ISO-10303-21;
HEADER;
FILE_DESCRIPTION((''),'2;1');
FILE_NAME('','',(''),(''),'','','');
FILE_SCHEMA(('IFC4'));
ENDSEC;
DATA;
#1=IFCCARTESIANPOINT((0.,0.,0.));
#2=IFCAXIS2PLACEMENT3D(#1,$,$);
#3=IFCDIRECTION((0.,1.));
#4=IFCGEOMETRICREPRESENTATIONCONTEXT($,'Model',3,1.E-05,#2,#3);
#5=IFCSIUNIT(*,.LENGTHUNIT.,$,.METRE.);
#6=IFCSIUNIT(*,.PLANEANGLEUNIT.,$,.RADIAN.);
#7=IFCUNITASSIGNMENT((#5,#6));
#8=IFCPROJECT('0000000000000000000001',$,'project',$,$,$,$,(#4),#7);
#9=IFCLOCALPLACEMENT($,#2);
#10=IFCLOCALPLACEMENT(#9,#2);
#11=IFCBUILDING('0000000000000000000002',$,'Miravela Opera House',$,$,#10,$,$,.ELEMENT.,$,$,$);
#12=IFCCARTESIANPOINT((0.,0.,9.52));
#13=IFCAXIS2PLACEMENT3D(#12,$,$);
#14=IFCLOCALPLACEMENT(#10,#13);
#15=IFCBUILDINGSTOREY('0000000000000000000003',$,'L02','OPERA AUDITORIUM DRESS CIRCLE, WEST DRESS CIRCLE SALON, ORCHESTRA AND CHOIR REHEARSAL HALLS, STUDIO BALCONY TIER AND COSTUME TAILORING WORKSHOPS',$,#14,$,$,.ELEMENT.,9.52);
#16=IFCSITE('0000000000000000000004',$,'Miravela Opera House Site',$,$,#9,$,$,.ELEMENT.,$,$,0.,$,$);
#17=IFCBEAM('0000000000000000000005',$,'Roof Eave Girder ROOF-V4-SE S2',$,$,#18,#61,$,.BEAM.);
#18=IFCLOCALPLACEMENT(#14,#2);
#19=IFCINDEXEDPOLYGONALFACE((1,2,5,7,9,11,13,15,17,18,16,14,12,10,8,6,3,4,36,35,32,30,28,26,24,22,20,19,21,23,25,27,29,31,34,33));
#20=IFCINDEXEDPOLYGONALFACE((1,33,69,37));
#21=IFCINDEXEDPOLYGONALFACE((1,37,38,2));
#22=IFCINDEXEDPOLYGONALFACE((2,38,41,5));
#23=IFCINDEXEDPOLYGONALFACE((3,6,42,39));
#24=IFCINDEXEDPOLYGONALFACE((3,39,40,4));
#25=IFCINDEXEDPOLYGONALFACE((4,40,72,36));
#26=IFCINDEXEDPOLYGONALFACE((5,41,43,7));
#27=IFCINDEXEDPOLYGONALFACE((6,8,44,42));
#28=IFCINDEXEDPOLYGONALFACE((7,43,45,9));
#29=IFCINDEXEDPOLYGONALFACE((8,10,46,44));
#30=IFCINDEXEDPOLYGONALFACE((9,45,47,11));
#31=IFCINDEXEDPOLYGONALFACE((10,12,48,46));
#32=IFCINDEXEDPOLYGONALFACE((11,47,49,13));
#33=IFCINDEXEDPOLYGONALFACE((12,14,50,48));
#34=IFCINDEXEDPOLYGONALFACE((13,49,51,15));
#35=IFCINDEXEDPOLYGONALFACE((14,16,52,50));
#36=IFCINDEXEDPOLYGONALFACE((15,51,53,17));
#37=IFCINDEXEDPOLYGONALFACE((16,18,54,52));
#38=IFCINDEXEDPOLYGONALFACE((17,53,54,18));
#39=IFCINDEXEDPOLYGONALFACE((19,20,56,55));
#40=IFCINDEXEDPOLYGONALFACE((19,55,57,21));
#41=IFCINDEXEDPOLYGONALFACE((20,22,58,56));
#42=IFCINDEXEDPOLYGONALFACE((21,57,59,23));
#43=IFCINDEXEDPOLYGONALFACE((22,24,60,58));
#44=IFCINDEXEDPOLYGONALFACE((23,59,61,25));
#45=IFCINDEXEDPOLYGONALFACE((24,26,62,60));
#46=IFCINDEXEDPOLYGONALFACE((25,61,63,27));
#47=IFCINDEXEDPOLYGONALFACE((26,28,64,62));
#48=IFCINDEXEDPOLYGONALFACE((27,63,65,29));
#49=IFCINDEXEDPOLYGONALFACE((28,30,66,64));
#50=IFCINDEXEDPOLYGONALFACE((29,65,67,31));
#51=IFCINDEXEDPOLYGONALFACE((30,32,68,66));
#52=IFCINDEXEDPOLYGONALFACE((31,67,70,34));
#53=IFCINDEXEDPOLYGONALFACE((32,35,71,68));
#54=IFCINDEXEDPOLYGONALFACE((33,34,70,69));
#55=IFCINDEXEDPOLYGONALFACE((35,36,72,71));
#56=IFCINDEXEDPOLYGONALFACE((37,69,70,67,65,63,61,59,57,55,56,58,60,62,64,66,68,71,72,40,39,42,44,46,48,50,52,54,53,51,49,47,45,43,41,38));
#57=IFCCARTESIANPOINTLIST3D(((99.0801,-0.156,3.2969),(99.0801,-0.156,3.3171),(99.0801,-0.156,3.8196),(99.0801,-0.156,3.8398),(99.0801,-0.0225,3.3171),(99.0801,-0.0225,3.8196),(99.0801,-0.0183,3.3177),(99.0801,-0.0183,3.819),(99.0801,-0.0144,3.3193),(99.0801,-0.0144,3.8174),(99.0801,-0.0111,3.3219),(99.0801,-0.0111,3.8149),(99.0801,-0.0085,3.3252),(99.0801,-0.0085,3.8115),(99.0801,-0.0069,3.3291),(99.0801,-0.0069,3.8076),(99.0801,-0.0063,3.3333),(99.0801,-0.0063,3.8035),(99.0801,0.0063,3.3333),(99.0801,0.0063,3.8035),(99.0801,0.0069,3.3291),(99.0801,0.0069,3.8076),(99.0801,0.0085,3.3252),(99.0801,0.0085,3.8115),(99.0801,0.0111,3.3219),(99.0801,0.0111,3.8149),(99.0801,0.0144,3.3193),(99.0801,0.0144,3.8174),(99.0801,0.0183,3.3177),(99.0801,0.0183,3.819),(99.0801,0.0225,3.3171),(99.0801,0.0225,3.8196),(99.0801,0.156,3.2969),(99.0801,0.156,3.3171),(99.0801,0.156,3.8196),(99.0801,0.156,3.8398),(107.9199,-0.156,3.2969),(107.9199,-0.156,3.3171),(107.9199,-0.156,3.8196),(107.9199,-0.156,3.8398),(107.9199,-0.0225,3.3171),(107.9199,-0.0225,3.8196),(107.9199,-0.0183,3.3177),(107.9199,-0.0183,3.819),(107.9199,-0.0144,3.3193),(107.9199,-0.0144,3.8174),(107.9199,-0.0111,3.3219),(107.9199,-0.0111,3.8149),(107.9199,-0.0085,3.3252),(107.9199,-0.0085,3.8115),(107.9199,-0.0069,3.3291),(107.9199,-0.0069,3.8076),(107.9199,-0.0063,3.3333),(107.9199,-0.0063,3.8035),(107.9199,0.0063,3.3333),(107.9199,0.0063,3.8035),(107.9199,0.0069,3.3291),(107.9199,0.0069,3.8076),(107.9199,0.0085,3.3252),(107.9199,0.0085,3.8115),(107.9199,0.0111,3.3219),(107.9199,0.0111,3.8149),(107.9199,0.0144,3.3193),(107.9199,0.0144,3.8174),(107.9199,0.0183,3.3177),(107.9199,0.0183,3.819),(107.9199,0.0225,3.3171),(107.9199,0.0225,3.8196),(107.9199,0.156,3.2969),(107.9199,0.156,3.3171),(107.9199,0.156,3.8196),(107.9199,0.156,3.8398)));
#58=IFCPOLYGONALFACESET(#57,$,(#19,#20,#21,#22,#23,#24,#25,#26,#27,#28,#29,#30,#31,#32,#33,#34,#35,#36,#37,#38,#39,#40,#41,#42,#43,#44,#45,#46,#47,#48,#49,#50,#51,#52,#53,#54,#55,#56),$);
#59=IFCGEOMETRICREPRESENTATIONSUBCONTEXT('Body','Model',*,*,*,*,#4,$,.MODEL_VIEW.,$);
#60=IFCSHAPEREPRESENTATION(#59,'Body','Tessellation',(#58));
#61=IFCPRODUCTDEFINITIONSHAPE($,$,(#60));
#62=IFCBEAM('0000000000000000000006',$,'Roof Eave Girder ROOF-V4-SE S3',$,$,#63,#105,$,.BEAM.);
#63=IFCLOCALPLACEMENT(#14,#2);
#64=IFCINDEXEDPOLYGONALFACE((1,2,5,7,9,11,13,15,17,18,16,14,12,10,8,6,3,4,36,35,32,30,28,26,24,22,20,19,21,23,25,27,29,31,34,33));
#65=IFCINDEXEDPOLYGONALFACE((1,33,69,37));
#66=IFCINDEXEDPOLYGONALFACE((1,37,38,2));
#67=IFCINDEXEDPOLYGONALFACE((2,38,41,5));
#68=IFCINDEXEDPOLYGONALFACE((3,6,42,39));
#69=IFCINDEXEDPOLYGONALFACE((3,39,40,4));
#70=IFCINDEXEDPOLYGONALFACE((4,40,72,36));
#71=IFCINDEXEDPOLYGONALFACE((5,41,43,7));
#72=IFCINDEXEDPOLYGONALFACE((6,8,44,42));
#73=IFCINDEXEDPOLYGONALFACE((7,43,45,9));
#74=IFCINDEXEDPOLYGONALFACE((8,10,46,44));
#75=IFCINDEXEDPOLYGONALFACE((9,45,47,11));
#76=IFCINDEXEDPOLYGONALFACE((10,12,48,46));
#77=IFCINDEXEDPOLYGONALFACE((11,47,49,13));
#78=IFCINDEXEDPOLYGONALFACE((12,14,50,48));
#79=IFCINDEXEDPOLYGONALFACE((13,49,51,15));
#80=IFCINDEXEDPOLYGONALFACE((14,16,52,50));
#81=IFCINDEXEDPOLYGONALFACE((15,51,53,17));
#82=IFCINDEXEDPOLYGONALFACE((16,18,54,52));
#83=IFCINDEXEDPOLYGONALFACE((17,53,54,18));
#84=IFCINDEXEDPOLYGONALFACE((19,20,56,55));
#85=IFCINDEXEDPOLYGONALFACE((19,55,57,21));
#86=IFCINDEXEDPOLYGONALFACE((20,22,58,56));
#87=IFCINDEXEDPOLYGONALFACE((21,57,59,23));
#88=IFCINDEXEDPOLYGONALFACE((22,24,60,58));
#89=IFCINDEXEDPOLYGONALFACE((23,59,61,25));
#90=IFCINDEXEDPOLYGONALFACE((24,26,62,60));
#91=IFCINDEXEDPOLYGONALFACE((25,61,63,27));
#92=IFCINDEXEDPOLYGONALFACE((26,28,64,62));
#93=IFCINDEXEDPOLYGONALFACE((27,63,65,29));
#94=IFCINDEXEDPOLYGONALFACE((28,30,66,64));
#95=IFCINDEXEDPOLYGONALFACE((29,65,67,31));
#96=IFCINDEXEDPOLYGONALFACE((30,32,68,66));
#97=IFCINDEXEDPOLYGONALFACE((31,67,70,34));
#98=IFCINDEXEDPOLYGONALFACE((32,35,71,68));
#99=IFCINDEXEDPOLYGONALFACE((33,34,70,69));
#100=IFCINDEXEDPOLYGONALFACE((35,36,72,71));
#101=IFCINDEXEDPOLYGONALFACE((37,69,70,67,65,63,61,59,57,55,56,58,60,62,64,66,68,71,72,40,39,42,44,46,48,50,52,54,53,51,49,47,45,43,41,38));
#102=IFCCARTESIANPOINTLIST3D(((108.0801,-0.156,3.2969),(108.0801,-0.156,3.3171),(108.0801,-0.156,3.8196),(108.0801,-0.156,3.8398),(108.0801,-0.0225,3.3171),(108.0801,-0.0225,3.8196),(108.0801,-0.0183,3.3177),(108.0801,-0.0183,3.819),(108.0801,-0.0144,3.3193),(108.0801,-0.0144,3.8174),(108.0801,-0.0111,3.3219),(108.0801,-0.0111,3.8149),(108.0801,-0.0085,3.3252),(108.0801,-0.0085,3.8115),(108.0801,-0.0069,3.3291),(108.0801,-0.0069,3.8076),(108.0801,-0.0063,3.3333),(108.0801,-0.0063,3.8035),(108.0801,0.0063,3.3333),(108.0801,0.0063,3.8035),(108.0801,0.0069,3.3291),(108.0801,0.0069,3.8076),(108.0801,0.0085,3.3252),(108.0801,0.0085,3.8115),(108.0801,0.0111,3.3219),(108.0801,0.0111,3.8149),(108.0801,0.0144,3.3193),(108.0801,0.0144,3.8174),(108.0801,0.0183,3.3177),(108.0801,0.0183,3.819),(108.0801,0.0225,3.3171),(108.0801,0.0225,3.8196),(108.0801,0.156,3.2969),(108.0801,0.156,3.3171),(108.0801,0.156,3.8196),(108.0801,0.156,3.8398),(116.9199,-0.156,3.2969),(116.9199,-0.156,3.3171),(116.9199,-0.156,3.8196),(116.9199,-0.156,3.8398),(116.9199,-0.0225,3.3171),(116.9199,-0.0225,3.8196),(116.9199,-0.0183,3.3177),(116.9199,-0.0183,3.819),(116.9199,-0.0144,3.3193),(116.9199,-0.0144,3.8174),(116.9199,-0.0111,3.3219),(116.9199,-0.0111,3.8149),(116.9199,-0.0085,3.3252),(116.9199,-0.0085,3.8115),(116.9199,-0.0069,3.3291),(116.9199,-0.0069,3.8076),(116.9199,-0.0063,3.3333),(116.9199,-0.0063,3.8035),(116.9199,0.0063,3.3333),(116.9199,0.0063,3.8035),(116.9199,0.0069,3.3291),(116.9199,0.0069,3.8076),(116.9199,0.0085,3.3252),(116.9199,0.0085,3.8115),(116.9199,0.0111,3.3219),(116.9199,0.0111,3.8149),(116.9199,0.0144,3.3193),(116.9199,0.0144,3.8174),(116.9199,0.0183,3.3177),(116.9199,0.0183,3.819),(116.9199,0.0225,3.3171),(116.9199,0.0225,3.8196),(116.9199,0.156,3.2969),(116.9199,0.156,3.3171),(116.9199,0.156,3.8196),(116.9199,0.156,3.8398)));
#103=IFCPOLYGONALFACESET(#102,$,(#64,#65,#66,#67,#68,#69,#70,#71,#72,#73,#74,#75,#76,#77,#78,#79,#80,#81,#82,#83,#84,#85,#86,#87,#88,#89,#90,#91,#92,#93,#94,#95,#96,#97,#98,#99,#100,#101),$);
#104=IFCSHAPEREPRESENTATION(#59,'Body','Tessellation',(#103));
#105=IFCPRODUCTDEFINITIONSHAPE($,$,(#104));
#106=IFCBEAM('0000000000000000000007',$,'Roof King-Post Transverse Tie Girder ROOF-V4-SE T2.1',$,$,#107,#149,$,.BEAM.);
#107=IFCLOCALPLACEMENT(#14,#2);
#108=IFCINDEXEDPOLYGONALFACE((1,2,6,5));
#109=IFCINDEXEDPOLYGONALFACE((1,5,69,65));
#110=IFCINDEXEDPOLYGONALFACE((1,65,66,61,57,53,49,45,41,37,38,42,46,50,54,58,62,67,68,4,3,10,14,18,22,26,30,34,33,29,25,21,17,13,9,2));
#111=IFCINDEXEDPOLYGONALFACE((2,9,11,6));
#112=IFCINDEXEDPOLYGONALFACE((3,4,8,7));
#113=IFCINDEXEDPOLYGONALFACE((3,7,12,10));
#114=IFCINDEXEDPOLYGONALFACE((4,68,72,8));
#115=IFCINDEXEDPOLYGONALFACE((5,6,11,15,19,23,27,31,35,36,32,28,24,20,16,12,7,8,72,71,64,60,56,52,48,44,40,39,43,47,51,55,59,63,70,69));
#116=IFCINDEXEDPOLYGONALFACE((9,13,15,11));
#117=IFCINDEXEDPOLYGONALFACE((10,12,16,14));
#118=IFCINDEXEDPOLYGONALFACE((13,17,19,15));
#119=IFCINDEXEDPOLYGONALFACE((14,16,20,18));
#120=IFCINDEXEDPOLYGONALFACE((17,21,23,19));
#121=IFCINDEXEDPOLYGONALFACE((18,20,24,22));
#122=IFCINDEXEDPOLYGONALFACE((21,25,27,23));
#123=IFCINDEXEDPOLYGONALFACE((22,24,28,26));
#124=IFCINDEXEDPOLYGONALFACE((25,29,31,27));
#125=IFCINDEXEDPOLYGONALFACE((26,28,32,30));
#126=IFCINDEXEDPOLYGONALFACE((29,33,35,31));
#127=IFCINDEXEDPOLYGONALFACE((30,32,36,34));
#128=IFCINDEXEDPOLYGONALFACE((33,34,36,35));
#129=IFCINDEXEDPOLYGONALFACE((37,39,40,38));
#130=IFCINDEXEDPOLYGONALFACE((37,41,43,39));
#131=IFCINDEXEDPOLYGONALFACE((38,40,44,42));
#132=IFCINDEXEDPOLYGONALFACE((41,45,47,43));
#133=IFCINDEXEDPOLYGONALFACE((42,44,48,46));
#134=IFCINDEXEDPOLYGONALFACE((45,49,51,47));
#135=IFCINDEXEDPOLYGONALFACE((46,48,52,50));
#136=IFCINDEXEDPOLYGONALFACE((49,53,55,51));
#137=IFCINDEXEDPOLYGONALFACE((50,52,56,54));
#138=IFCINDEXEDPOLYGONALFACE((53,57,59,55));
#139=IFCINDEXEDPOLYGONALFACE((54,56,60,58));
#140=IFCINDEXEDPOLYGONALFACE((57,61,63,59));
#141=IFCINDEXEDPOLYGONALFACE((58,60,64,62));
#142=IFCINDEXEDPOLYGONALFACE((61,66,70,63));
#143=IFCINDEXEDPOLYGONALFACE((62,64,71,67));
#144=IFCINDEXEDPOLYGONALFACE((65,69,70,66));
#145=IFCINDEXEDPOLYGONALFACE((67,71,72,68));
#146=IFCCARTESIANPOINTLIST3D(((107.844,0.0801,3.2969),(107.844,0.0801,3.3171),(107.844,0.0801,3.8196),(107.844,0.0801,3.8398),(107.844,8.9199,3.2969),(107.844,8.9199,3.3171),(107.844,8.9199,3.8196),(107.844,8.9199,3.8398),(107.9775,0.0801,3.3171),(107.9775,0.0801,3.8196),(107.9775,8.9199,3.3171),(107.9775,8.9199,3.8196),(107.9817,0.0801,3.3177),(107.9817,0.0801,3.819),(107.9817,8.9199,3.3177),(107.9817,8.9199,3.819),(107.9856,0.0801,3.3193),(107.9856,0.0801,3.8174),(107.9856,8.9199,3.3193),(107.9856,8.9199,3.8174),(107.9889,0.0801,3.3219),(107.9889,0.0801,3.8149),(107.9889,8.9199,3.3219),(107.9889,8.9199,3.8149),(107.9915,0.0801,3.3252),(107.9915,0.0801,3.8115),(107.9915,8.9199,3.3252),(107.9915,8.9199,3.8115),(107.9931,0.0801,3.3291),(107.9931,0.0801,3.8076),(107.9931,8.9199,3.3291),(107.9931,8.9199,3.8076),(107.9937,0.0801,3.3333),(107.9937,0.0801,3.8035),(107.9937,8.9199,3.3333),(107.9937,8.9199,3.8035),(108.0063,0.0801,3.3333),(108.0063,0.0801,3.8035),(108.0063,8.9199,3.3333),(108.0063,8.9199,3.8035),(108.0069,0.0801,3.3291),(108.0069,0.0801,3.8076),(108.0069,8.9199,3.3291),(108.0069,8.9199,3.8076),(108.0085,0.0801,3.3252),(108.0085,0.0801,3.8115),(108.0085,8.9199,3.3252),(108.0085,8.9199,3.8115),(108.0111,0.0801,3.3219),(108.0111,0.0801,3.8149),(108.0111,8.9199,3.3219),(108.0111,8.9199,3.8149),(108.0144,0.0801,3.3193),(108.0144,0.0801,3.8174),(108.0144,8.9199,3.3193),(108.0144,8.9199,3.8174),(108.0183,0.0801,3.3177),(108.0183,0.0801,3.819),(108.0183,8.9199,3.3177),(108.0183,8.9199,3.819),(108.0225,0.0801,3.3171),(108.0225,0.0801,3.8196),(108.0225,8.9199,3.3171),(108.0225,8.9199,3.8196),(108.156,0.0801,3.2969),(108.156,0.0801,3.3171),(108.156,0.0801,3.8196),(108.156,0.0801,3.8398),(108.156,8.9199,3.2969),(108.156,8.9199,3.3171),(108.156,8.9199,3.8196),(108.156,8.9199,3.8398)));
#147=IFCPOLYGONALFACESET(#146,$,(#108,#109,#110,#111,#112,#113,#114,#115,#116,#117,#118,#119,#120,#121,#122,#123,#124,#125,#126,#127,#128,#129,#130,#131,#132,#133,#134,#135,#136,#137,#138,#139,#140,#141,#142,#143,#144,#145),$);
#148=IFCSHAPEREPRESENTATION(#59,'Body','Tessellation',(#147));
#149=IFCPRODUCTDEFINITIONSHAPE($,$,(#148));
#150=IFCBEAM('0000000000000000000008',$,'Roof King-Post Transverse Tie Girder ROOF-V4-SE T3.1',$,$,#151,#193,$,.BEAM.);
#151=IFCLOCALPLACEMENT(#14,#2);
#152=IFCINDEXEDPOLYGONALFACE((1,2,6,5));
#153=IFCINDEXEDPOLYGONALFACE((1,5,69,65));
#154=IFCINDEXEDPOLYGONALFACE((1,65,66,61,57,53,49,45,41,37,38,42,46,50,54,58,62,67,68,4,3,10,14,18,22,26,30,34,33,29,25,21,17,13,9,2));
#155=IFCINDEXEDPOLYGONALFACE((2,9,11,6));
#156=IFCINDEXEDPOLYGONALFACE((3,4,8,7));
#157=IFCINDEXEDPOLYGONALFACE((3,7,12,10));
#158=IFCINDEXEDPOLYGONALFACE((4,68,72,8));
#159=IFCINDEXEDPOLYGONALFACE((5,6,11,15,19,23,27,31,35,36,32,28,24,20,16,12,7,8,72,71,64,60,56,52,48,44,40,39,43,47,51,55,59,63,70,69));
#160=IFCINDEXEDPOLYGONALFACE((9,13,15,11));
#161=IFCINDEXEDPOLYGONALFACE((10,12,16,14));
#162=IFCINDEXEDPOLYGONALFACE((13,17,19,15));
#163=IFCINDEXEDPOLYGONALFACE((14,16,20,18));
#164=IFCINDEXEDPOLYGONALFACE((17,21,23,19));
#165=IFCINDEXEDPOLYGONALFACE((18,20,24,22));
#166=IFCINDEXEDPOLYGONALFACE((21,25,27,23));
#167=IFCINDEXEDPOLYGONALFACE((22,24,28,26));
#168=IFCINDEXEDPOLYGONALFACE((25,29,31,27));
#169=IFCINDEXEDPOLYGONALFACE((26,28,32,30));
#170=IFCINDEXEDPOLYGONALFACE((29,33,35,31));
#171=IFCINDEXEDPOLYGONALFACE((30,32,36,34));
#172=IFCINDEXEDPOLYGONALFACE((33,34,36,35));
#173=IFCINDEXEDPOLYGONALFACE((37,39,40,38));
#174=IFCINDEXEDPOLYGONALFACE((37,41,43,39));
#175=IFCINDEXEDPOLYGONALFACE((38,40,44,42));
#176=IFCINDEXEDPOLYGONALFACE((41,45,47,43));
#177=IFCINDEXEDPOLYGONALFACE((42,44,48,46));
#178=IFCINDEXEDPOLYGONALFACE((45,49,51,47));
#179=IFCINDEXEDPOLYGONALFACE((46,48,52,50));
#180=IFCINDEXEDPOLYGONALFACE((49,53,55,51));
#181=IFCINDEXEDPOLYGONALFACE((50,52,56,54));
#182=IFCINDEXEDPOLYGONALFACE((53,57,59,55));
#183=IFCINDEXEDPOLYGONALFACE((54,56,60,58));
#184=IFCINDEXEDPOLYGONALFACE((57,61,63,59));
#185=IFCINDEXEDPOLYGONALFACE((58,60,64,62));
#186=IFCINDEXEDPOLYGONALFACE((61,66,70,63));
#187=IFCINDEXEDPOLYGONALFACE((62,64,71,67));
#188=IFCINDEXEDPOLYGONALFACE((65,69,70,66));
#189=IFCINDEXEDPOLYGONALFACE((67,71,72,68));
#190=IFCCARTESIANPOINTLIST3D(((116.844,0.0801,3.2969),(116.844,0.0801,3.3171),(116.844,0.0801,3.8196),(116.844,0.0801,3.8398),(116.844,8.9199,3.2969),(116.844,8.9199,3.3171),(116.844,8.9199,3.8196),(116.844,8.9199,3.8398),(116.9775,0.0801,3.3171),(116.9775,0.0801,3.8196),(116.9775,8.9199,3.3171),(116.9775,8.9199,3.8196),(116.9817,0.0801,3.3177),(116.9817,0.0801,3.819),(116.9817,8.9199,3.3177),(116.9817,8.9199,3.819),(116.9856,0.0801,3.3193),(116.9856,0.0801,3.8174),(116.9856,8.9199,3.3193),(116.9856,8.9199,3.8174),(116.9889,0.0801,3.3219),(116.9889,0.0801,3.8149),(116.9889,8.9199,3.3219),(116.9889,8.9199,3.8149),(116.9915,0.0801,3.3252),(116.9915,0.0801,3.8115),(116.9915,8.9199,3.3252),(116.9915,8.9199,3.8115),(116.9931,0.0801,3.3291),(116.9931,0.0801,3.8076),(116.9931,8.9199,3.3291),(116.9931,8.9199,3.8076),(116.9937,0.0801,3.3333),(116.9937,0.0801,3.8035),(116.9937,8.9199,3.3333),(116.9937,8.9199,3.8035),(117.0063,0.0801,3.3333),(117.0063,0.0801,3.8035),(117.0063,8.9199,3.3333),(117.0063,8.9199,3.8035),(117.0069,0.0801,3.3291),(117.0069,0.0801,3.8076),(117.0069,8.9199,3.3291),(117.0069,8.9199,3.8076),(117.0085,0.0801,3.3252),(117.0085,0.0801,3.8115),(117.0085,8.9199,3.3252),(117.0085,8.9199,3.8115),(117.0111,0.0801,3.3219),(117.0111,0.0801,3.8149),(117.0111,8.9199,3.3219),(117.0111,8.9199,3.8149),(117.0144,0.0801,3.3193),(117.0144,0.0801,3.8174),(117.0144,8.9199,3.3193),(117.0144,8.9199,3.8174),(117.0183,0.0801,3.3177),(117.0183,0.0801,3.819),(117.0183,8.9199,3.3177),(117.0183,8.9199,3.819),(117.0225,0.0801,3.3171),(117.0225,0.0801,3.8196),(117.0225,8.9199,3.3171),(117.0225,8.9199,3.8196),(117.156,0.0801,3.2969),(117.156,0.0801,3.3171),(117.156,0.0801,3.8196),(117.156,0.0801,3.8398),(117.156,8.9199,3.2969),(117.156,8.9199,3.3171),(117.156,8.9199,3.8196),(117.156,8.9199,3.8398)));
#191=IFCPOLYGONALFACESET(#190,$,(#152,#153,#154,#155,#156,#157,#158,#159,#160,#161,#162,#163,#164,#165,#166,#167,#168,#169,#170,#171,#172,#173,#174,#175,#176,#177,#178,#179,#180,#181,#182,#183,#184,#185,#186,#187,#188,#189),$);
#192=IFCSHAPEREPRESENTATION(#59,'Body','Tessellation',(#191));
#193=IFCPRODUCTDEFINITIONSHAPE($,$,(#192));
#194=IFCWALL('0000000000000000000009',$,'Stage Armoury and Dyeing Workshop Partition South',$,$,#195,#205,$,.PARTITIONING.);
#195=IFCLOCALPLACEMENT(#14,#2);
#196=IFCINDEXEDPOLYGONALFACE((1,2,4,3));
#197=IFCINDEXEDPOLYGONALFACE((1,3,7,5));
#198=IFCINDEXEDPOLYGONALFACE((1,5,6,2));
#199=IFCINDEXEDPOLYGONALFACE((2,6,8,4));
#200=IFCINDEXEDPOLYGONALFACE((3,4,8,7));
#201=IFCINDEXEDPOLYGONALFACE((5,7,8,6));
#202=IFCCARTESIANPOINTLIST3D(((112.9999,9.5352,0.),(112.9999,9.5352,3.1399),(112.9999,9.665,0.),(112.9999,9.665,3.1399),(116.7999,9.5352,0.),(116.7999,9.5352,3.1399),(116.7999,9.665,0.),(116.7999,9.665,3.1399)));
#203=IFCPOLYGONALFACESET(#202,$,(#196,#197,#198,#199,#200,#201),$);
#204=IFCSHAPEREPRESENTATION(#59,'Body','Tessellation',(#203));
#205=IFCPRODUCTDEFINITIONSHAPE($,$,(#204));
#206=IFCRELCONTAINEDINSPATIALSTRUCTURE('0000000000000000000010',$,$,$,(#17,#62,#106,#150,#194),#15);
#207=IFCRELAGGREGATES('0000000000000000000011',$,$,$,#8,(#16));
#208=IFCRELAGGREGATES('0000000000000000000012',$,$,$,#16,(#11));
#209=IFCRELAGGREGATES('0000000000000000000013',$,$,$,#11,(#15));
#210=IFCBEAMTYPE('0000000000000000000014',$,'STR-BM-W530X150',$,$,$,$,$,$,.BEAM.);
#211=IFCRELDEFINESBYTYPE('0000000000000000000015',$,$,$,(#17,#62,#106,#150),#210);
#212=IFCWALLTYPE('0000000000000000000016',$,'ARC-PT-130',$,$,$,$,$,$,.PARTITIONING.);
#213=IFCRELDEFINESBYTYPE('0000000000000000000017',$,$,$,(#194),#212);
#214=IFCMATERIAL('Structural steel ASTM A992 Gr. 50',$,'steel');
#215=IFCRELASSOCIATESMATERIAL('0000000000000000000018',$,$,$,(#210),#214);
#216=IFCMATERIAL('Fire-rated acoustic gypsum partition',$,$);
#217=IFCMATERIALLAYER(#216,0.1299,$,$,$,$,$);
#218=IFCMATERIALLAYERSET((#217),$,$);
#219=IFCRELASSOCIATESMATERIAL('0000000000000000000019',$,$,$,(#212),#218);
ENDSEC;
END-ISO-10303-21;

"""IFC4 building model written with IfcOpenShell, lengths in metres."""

from ifc_helpers import new_model, si_unit, direction, frame, frame_2d, origin, origin_2d, place, context, subcontext, project, spatial, rectangle, i_section, extrude, material, layer, layer_set, material_profile, profile_set, type_object, element, save


model = new_model("IFC4")

# Units and contexts
model_context = context("Model", 3, precision=1e-05, world=origin(), true_north=direction((0.0, 1.0)))
body_context = subcontext(model_context, "Body", "Model", "MODEL_VIEW")
ifc_project = project(units=[si_unit("LENGTHUNIT", "METRE"), si_unit("PLANEANGLEUNIT", "RADIAN")], contexts=[model_context])

# Site, building, storey
site_placement = place(None, origin())
site = spatial("IfcSite", under=ifc_project, at=site_placement, Name="Miravela Opera House Site", CompositionType="ELEMENT", RefElevation=0.0)
building_placement = place(site_placement, origin())
building = spatial("IfcBuilding", under=site, at=building_placement, Name="Miravela Opera House", CompositionType="ELEMENT")
storey_placement = place(building_placement, frame((0.0, 0.0, 9.52)))
storey = spatial("IfcBuildingStorey", under=building, at=storey_placement, Name="L02", Description="OPERA AUDITORIUM DRESS CIRCLE, WEST DRESS CIRCLE SALON, ORCHESTRA AND CHOIR REHEARSAL HALLS, STUDIO BALCONY TIER AND COSTUME TAILORING WORKSHOPS", CompositionType="ELEMENT", Elevation=9.52)

# Beams
ifc_material_1 = material(Name="Structural steel ASTM A992 Gr. 50", Category="steel")
ifc_material_profile_1 = material_profile(ifc_material_1, i_section(OverallWidth=0.312, OverallDepth=0.543, WebThickness=0.0127, FlangeThickness=0.0203, FilletRadius=0.0161, at=origin_2d()), Name="W530X150")
ifc_profile_set_1 = profile_set([ifc_material_profile_1])
beam_type_1 = type_object("IfcBeamType", Name="STR-BM-W530X150", PredefinedType="BEAM", material=ifc_profile_set_1)
for number, where, z_axis, x_axis, name in (
    (1, (99.0801, 0.0, 3.5684), (1.0, 0.0, 0.0), (0.0, 1.0, 0.0), "Roof Eave Girder ROOF-V4-SE S2"),
    (2, (108.0801, 0.0, 3.5684), (1.0, 0.0, 0.0), (0.0, 1.0, 0.0), "Roof Eave Girder ROOF-V4-SE S3"),
    (3, (108.0, 0.0801, 3.5684), (0.0, 1.0, 0.0), (-1.0, 0.0, 0.0), "Roof King-Post Transverse Tie Girder ROOF-V4-SE T2.1"),
    (4, (117.0, 0.0801, 3.5684), (0.0, 1.0, 0.0), (-1.0, 0.0, 0.0), "Roof King-Post Transverse Tie Girder ROOF-V4-SE T3.1"),
):
    element("IfcBeam", number, at=place(storey_placement, frame(where, z_axis=z_axis, x_axis=x_axis)), inside=storey, type_object=beam_type_1, Name=name, PredefinedType="BEAM", context=body_context, shape_type="SweptSolid", body=[
        extrude(i_section(OverallWidth=0.312, OverallDepth=0.543, WebThickness=0.0127, FlangeThickness=0.0203, FilletRadius=0.0161, at=origin_2d()), origin(), (0.0, 0.0, 1.0), 8.8398),
    ])

# Wall
ifc_material_2 = material(Name="Fire-rated acoustic gypsum partition")
ifc_layer_1 = layer(ifc_material_2, 0.1299)
ifc_layer_set_1 = layer_set([ifc_layer_1])
wall_type_1 = type_object("IfcWallType", Name="ARC-PT-130", PredefinedType="PARTITIONING", material=ifc_layer_set_1)
wall_1_placement = place(storey_placement, frame((113.0, 9.6001, 0.0), z_axis=(0.0, 0.0, 1.0), x_axis=(1.0, 0.0, 0.0)))
element("IfcWall", 5, at=wall_1_placement, inside=storey, type_object=wall_type_1, Name="Stage Armoury and Dyeing Workshop Partition South", PredefinedType="PARTITIONING", context=body_context, shape_type="SweptSolid", body=[
    extrude(rectangle(XDim=3.8, YDim=0.1299, at=frame_2d((1.8999, 0.0))), origin(), (0.0, 0.0, 1.0), 3.1399),
])

save(model, "model.ifc")
